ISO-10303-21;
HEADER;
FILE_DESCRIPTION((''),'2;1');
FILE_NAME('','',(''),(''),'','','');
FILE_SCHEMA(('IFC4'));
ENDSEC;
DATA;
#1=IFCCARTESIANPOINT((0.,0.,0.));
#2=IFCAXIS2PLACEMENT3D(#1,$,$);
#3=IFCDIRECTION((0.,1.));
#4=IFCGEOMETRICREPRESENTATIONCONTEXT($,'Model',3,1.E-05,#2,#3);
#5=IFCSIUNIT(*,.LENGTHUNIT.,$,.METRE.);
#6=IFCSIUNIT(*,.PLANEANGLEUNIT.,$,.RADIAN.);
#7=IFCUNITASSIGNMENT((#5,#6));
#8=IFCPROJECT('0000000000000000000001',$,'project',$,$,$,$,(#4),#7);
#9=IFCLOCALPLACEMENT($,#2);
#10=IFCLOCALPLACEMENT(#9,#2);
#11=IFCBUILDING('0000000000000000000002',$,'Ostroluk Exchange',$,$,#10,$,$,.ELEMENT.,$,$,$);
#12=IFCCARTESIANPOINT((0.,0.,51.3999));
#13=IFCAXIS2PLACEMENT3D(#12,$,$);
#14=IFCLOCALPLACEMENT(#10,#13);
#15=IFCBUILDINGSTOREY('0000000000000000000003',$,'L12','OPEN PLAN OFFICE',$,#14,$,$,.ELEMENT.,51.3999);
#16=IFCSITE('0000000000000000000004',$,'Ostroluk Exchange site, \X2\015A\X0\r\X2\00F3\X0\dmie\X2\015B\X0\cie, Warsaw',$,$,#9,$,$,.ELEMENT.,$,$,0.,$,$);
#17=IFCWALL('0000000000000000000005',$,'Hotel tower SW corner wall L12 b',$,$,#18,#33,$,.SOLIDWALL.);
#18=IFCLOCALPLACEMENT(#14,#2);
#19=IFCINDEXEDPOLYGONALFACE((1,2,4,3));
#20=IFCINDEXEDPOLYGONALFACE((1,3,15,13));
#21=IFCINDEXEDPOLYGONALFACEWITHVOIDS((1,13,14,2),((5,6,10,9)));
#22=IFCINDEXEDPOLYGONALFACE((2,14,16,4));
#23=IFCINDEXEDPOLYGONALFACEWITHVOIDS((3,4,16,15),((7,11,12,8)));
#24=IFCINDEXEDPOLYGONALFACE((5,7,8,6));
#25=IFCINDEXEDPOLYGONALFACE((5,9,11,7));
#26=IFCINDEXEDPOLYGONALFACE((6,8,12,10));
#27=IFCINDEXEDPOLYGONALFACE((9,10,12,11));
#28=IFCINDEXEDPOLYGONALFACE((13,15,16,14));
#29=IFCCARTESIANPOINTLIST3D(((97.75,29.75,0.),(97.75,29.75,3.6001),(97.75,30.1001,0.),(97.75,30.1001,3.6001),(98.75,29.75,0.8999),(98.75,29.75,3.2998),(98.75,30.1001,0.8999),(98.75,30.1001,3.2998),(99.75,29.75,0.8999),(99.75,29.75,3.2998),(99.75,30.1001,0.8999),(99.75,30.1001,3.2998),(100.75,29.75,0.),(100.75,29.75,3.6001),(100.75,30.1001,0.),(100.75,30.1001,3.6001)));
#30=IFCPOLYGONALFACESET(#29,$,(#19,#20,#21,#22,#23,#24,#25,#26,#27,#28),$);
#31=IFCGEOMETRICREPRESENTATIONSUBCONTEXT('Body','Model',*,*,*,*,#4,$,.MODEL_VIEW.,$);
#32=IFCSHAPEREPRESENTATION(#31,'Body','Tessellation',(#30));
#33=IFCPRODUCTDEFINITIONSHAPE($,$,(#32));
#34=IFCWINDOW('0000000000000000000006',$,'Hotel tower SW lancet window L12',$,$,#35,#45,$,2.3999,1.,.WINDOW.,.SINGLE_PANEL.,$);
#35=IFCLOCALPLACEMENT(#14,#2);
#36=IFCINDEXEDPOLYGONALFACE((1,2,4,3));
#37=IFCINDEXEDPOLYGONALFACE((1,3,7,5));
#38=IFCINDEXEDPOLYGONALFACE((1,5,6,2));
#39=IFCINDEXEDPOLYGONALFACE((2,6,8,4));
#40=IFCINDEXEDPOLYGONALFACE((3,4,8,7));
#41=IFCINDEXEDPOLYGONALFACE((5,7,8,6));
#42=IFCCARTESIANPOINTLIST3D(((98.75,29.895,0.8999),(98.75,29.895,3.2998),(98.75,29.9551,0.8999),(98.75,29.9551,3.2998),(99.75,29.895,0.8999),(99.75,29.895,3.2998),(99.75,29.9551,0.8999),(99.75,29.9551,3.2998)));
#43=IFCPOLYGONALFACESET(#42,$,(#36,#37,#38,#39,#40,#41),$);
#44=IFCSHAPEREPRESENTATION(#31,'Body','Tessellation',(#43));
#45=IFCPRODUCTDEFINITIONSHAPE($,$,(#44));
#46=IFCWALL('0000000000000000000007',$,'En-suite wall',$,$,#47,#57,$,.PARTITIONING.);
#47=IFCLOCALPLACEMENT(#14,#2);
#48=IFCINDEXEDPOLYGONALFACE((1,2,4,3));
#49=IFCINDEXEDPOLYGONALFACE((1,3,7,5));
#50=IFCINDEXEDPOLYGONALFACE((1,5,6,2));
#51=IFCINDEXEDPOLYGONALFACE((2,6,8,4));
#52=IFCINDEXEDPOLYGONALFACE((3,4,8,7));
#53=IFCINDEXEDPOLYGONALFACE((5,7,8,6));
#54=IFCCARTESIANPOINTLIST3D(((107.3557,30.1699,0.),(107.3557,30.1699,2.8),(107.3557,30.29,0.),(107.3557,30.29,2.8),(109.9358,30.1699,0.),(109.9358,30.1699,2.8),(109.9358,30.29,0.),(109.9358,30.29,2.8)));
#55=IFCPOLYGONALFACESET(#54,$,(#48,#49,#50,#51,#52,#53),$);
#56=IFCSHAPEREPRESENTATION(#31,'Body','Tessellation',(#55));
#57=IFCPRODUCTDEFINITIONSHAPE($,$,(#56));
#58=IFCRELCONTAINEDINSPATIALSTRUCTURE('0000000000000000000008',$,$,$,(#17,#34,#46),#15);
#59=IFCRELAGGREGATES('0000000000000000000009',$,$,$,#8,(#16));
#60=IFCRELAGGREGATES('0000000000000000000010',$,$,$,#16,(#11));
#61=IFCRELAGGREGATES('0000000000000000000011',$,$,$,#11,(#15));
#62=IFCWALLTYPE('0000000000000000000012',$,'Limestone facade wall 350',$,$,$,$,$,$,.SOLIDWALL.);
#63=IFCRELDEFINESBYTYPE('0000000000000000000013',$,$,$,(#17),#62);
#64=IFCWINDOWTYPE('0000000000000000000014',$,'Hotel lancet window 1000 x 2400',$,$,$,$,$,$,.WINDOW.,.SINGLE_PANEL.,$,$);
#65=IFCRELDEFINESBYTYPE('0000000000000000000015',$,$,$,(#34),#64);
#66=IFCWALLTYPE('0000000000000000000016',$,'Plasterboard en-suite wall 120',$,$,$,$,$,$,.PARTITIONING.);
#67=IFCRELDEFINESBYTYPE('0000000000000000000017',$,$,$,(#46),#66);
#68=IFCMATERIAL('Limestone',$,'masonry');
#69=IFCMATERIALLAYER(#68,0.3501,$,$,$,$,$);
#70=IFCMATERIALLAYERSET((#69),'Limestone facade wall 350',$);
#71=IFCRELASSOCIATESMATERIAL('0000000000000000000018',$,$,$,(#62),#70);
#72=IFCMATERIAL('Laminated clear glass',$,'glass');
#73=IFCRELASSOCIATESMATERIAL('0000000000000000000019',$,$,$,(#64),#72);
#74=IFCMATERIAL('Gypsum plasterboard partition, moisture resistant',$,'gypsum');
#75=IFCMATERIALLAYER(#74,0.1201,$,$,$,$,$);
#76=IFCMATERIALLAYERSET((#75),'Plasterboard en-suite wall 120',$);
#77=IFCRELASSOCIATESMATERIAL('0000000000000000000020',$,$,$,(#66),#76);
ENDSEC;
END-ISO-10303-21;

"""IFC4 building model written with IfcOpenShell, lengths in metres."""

from ifc_helpers import new_model, si_unit, direction, frame, frame_2d, origin, place, context, subcontext, project, spatial, rectangle, extrude, material, layer, layer_set, type_object, element, fill, save


model = new_model("IFC4")

# Units and contexts
model_context = context("Model", 3, precision=1e-05, world=origin(), true_north=direction((0.0, 1.0)))
body_context = subcontext(model_context, "Body", "Model", "MODEL_VIEW")
ifc_project = project(units=[si_unit("LENGTHUNIT", "METRE"), si_unit("PLANEANGLEUNIT", "RADIAN")], contexts=[model_context])

# Site, building, storey
site_placement = place(None, origin())
site = spatial("IfcSite", under=ifc_project, at=site_placement, Name="Ostroluk Exchange site, Śródmieście, Warsaw", CompositionType="ELEMENT", RefElevation=0.0)
building_placement = place(site_placement, origin())
building = spatial("IfcBuilding", under=site, at=building_placement, Name="Ostroluk Exchange", CompositionType="ELEMENT")
storey_placement = place(building_placement, frame((0.0, 0.0, 51.3999)))
storey = spatial("IfcBuildingStorey", under=building, at=storey_placement, Name="L12", Description="OPEN PLAN OFFICE", CompositionType="ELEMENT", Elevation=51.3999)

# Shared definitions
ifc_material_1 = material(Name="Limestone", Category="masonry")
ifc_layer_1 = layer(ifc_material_1, 0.3501)
ifc_layer_set_1 = layer_set([ifc_layer_1], Name="Limestone facade wall 350")
wall_type_1 = type_object("IfcWallType", Name="Limestone facade wall 350", PredefinedType="SOLIDWALL", material=ifc_layer_set_1)

# Wall, opening, window
wall_1_placement = place(storey_placement, frame((100.75, 29.925, 0.0), z_axis=(0.0, 0.0, 1.0), x_axis=(-1.0, 0.0, 0.0)))
wall_1 = element("IfcWall", 1, at=wall_1_placement, inside=storey, type_object=wall_type_1, Name="Hotel tower SW corner wall L12 b", PredefinedType="SOLIDWALL", context=body_context, shape_type="SweptSolid", body=[
    extrude(rectangle(XDim=3.0, YDim=0.3501, at=frame_2d((1.5, 0.0))), origin(), (0.0, 0.0, 1.0), 3.6001),
])
opening_1_placement = place(wall_1_placement, frame((1.0, 0.0, 0.8999)))
opening_1 = element("IfcOpeningElement", 2, at=opening_1_placement, cuts=wall_1, PredefinedType="OPENING", context=body_context, shape_type="SweptSolid", body=[
    extrude(rectangle(XDim=1.0, YDim=2.3999, at=frame_2d((0.5, 1.2))), frame((0.0, 0.1851, 0.0), z_axis=(0.0, -1.0, 0.0), x_axis=(1.0, 0.0, 0.0)), (0.0, 0.0, 1.0), 0.3701),
])
ifc_material_2 = material(Name="Laminated clear glass", Category="glass")
window_type = type_object("IfcWindowType", Name="Hotel lancet window 1000 x 2400", PartitioningType="SINGLE_PANEL", PredefinedType="WINDOW", material=ifc_material_2)
window_placement = place(opening_1_placement, origin())
window = element("IfcWindow", 3, at=window_placement, inside=storey, type_object=window_type, Name="Hotel tower SW lancet window L12", OverallHeight=2.3999, OverallWidth=1.0, PartitioningType="SINGLE_PANEL", PredefinedType="WINDOW", context=body_context, shape_type="SweptSolid", body=[
    extrude(rectangle(XDim=1.0, YDim=2.3999, at=frame_2d((0.5, 1.2))), frame((0.0, 0.03, 0.0), z_axis=(0.0, -1.0, 0.0), x_axis=(1.0, 0.0, 0.0)), (0.0, 0.0, 1.0), 0.0601),
])
fill(opening_1, window)

# Wall
ifc_material_3 = material(Name="Gypsum plasterboard partition, moisture resistant", Category="gypsum")
ifc_layer_2 = layer(ifc_material_3, 0.1201)
ifc_layer_set_2 = layer_set([ifc_layer_2], Name="Plasterboard en-suite wall 120")
wall_type_2 = type_object("IfcWallType", Name="Plasterboard en-suite wall 120", PredefinedType="PARTITIONING", material=ifc_layer_set_2)
wall_2_placement = place(storey_placement, frame((109.9358, 30.23, 0.0), z_axis=(0.0, 0.0, 1.0), x_axis=(-1.0, 0.0, 0.0)))
element("IfcWall", 4, at=wall_2_placement, inside=storey, type_object=wall_type_2, Name="En-suite wall", PredefinedType="PARTITIONING", context=body_context, shape_type="SweptSolid", body=[
    extrude(rectangle(XDim=2.5801, YDim=0.1201, at=frame_2d((1.29, 0.0))), origin(), (0.0, 0.0, 1.0), 2.8),
])

save(model, "model.ifc")
